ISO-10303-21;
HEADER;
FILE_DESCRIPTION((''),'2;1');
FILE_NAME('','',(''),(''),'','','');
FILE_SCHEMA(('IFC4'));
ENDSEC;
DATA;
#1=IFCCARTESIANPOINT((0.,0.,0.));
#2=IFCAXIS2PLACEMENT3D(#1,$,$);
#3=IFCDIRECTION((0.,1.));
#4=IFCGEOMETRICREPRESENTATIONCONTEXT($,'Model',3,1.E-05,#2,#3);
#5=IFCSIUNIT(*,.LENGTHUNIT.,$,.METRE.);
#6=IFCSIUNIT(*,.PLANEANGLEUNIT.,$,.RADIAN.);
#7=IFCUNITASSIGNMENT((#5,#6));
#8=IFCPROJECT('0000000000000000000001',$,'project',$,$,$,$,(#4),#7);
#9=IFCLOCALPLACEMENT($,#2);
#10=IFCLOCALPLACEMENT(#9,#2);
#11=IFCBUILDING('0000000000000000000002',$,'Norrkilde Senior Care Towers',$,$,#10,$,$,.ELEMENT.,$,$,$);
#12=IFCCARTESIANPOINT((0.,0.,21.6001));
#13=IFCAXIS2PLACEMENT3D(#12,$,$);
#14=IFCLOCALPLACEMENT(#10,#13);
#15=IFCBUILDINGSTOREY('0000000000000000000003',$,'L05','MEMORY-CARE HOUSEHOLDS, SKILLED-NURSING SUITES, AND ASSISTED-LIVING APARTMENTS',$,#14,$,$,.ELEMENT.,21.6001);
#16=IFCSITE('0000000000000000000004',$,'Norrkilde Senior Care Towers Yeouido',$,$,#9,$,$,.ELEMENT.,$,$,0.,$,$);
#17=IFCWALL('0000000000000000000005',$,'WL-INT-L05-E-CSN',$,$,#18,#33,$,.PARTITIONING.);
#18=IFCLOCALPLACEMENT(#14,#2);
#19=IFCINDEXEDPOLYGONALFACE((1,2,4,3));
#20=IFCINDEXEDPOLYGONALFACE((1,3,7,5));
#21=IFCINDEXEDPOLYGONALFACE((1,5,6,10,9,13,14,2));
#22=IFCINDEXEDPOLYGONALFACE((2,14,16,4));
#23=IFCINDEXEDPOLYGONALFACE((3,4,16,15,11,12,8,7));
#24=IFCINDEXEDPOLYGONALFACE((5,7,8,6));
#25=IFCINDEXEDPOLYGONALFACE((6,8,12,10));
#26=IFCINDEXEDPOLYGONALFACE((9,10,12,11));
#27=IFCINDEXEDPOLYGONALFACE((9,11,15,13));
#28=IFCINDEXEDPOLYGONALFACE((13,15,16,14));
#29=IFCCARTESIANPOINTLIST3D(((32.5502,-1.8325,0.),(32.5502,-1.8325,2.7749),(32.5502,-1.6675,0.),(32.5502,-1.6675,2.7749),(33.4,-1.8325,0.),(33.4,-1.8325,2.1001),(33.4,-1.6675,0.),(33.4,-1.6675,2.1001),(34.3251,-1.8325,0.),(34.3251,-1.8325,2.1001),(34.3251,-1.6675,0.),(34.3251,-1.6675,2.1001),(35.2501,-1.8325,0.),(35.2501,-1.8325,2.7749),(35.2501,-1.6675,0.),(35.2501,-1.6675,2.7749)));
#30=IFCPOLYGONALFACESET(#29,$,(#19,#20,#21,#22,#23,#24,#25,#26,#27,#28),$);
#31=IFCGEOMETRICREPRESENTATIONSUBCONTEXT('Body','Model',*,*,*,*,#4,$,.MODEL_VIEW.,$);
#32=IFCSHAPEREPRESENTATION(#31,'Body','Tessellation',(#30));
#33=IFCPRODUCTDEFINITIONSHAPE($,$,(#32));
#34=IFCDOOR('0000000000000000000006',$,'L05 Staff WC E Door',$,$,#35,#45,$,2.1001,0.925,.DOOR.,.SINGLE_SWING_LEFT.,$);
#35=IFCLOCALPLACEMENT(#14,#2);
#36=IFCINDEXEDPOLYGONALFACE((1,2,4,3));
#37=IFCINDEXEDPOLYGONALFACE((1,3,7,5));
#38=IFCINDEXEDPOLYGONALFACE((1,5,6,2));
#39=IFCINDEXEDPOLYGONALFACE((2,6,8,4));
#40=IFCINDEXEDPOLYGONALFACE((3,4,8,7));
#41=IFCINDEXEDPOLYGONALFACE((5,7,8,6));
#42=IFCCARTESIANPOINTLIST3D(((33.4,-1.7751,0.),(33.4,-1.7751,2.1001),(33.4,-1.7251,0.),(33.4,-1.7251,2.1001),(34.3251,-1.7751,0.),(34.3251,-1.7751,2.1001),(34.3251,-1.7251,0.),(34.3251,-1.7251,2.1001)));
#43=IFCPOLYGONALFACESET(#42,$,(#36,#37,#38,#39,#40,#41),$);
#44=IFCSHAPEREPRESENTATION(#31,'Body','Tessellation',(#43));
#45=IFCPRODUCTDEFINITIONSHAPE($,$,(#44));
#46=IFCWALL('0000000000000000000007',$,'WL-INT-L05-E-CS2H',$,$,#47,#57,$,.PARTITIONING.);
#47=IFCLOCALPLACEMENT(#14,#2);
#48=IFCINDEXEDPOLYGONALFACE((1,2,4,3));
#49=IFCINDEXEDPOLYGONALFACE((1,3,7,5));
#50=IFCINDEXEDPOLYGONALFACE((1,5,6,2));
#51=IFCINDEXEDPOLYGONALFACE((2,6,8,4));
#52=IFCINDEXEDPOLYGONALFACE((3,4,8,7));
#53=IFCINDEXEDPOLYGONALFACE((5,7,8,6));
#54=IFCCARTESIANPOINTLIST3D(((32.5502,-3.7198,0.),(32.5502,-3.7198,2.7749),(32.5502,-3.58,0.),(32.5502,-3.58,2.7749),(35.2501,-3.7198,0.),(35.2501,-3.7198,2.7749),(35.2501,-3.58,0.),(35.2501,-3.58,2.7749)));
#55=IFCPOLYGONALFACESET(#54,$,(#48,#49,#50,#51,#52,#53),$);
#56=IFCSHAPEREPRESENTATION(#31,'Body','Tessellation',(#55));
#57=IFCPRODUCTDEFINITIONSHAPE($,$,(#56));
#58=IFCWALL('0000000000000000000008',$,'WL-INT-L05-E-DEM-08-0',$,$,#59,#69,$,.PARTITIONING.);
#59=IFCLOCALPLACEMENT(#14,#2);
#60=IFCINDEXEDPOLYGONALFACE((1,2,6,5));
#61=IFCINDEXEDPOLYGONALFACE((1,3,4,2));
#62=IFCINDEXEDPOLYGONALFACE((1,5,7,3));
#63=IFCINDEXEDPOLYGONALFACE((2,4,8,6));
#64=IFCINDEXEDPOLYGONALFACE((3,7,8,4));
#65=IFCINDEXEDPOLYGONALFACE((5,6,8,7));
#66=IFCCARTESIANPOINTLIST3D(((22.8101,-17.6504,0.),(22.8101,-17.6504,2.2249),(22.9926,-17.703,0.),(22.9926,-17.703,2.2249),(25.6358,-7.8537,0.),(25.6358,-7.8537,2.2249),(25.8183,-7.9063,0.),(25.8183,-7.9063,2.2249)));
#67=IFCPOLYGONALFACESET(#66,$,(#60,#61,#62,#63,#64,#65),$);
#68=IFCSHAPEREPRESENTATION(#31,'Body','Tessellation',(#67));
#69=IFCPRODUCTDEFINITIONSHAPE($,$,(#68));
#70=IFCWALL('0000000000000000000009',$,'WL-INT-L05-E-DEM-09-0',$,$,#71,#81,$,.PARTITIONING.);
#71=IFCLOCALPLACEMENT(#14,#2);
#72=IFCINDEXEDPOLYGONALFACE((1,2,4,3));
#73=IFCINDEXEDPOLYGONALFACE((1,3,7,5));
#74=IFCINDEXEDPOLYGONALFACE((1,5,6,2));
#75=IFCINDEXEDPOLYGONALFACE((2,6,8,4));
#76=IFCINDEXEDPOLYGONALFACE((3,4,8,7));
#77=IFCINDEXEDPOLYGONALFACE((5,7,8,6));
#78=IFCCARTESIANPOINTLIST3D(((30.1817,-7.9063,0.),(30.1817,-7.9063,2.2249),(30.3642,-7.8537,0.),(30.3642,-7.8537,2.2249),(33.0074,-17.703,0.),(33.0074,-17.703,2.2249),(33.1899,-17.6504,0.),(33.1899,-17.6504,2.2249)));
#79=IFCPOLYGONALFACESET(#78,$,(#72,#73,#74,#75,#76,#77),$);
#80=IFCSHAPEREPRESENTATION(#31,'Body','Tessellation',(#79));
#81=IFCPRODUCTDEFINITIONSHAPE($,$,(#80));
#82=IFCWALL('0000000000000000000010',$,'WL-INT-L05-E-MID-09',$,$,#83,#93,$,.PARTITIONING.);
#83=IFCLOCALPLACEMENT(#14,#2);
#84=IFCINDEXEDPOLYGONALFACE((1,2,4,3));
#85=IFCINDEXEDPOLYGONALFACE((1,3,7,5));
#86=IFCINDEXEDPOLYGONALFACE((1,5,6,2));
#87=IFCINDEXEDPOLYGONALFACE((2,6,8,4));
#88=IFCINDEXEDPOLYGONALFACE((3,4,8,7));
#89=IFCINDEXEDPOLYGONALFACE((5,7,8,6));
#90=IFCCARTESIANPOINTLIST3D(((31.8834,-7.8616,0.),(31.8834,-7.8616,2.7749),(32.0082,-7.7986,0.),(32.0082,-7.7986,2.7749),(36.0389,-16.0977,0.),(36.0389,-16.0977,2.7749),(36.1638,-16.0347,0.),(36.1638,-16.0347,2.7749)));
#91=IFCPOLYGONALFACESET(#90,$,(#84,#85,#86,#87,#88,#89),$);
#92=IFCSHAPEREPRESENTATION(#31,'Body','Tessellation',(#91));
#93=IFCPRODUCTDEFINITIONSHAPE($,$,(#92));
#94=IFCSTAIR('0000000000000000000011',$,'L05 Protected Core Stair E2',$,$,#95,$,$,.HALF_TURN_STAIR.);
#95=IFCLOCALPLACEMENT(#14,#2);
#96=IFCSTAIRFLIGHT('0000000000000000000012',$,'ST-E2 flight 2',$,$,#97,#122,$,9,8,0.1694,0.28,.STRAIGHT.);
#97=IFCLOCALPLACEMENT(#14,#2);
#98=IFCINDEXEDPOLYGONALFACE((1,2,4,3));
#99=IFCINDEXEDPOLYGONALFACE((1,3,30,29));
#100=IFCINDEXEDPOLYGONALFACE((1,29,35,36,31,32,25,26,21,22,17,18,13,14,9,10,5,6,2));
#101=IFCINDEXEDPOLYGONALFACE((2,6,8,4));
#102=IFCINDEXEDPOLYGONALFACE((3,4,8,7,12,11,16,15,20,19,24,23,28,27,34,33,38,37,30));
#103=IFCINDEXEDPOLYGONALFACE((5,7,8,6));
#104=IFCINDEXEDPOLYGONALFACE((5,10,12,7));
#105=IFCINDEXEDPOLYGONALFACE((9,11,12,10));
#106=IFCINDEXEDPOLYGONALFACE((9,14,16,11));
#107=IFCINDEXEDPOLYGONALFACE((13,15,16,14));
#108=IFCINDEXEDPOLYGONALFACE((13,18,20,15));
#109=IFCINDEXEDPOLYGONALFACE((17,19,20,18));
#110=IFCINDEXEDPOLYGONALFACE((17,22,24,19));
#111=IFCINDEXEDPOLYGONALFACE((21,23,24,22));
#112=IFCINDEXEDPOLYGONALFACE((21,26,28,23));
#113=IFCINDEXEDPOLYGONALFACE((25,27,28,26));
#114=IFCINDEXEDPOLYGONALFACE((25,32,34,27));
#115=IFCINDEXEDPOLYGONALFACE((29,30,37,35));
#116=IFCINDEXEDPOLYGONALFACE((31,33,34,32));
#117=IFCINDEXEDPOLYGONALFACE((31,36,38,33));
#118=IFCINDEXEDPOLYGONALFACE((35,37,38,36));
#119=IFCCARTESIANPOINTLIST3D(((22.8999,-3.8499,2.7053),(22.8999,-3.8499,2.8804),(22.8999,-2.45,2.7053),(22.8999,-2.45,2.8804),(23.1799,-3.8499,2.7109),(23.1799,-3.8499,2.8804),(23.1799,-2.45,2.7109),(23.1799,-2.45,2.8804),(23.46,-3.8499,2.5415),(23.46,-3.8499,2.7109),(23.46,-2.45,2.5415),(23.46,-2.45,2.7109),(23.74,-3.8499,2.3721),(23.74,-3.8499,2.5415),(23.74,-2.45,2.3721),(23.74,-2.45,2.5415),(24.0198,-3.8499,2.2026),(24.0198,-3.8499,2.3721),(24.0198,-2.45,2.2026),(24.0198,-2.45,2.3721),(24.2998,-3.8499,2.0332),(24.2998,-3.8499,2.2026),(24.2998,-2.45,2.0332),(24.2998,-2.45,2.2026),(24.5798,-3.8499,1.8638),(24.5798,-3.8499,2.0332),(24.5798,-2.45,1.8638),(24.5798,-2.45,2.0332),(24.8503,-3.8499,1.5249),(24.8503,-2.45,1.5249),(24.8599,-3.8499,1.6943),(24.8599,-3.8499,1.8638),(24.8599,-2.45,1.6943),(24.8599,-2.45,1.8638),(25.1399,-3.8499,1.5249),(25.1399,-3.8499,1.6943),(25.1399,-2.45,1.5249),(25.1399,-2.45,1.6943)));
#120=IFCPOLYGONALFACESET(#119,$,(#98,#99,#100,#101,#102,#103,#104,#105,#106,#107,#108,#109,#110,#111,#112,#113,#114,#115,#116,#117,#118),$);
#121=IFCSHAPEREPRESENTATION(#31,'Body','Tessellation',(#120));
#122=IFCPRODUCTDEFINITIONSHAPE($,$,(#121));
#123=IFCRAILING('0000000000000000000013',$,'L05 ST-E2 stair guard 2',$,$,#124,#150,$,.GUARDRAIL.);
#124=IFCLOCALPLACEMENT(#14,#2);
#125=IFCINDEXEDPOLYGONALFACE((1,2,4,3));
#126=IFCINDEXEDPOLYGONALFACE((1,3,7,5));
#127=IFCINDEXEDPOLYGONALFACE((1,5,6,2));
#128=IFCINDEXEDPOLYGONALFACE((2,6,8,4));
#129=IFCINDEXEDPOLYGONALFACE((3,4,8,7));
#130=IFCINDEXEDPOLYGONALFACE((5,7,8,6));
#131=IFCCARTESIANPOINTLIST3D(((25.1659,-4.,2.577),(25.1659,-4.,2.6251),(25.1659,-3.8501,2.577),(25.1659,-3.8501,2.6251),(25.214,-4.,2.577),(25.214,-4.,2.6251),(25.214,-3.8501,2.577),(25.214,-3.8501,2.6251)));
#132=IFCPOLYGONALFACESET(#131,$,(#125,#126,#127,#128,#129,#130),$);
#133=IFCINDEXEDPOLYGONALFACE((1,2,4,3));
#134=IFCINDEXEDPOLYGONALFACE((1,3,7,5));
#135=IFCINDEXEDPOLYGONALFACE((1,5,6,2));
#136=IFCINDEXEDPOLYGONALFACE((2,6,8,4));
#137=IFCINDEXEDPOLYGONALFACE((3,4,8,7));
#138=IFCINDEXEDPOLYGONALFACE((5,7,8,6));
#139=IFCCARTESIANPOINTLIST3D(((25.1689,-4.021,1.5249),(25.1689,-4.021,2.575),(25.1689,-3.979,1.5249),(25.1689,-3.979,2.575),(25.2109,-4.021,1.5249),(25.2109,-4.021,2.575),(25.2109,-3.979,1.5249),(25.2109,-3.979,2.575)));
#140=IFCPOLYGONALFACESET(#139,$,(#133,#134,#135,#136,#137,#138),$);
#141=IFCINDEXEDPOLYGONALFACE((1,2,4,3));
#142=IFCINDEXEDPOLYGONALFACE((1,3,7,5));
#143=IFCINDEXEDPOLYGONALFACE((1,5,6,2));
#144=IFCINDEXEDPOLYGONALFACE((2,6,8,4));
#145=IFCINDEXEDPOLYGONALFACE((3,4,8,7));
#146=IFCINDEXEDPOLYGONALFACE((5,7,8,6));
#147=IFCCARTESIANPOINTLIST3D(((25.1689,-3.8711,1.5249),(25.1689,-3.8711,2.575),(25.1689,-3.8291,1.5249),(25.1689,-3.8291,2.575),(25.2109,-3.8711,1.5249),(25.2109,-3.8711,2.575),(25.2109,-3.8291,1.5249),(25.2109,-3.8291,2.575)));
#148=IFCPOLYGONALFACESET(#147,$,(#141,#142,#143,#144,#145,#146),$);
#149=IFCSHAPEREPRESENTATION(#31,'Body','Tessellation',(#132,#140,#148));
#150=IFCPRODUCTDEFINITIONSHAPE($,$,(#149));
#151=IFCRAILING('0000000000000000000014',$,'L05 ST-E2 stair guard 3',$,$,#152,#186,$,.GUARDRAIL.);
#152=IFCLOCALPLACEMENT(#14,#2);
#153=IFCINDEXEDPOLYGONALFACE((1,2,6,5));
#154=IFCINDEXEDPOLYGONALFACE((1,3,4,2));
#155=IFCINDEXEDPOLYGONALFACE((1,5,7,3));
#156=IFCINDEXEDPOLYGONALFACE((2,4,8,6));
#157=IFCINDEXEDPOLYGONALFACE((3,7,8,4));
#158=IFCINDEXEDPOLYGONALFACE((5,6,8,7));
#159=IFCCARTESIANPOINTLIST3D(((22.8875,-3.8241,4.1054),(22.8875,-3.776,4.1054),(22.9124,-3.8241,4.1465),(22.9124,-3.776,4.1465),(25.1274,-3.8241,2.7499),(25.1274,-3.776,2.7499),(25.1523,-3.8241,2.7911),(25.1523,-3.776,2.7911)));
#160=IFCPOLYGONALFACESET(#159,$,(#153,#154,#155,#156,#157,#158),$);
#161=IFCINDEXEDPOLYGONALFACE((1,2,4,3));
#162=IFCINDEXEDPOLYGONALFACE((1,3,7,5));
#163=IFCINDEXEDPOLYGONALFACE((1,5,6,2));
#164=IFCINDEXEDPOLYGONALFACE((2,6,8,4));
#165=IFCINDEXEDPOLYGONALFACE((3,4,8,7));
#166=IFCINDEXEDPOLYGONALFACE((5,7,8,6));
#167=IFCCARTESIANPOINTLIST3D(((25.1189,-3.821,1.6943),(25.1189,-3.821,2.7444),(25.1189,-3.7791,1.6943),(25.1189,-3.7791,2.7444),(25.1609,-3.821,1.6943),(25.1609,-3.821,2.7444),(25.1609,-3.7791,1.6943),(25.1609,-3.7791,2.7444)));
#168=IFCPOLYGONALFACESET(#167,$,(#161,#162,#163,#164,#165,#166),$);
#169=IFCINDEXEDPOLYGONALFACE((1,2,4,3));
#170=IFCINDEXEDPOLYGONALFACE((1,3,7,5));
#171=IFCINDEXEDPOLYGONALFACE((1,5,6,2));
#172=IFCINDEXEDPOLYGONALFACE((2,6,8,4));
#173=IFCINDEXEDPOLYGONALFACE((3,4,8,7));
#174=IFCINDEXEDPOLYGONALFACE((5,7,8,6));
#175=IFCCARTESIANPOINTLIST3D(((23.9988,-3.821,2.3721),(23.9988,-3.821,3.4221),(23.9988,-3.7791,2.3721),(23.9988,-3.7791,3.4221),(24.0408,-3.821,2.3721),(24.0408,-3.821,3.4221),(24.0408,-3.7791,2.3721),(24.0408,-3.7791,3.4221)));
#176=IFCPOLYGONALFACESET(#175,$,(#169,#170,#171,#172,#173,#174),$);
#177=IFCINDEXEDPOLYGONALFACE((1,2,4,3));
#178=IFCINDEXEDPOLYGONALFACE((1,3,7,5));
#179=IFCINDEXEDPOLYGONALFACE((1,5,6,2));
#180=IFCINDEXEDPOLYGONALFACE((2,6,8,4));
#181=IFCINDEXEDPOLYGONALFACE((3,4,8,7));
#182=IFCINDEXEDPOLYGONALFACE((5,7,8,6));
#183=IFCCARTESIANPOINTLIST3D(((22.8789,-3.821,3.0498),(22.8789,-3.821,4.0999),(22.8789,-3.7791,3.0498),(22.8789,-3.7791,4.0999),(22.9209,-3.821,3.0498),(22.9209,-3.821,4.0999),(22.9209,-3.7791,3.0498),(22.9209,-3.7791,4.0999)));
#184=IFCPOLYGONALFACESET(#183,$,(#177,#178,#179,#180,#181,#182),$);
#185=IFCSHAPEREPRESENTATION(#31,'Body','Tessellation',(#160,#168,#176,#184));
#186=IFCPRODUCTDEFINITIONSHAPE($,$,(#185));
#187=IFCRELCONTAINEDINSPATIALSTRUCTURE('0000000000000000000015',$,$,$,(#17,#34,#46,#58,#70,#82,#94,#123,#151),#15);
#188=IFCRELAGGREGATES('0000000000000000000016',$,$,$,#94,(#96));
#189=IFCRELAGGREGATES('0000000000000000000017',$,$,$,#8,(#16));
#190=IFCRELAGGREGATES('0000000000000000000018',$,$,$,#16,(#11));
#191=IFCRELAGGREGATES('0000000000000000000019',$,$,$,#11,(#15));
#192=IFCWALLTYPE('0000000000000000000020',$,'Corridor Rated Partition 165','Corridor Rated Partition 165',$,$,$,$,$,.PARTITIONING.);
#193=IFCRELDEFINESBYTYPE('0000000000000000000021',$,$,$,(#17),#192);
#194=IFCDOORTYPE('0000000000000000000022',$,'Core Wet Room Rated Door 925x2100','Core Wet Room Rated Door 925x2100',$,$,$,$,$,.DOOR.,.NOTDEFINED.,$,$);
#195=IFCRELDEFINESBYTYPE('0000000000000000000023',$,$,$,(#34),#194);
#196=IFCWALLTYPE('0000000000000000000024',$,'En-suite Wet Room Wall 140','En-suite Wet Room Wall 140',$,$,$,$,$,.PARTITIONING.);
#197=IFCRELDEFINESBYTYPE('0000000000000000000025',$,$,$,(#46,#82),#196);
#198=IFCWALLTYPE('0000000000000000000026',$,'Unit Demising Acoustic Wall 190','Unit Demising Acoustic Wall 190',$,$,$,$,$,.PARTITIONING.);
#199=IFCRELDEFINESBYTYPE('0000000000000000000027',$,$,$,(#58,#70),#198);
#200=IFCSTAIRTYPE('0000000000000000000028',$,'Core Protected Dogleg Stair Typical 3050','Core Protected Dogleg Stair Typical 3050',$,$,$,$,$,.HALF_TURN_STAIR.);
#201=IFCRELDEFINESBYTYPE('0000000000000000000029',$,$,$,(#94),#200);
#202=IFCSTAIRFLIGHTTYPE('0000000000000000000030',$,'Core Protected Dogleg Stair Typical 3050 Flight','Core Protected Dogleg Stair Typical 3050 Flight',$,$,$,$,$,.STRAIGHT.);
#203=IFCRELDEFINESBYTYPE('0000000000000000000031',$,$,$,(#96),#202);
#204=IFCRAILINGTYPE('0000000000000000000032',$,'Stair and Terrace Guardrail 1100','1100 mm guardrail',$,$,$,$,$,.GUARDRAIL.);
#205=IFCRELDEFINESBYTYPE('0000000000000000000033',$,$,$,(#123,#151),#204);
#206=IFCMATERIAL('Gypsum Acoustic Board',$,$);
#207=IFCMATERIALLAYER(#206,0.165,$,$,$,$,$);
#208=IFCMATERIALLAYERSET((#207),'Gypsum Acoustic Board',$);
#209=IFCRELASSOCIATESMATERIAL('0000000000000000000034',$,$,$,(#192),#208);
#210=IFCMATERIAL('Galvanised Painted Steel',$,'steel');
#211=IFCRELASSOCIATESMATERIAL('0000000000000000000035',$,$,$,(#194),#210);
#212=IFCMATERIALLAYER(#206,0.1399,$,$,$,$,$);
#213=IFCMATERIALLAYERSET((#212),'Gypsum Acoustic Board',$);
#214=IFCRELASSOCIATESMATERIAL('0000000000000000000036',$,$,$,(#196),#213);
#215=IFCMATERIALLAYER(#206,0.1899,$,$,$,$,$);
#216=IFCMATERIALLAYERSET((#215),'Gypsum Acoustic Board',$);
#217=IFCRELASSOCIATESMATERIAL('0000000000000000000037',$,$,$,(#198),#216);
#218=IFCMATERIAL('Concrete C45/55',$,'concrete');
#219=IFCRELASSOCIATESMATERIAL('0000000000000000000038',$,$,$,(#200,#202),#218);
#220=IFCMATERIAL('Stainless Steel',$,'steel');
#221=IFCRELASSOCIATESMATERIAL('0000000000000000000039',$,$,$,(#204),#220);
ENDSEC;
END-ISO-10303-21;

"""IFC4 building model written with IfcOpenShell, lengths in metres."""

from ifc_helpers import new_model, si_unit, direction, frame, frame_2d, origin, origin_2d, place, context, subcontext, project, spatial, polyline, rectangle, outline, extrude, source, transform, mapped, material, layer, layer_set, type_object, type_shapes, element, fill, aggregate, save


model = new_model("IFC4")

# Units and contexts
model_context = context("Model", 3, precision=1e-05, world=origin(), true_north=direction((0.0, 1.0)))
body_context = subcontext(model_context, "Body", "Model", "MODEL_VIEW")
ifc_project = project(units=[si_unit("LENGTHUNIT", "METRE"), si_unit("PLANEANGLEUNIT", "RADIAN")], contexts=[model_context])

# Site, building, storey
site_placement = place(None, origin())
site = spatial("IfcSite", under=ifc_project, at=site_placement, Name="Norrkilde Senior Care Towers Yeouido", CompositionType="ELEMENT", RefElevation=0.0)
building_placement = place(site_placement, origin())
building = spatial("IfcBuilding", under=site, at=building_placement, Name="Norrkilde Senior Care Towers", CompositionType="ELEMENT")
storey_placement = place(building_placement, frame((0.0, 0.0, 21.6001)))
storey = spatial("IfcBuildingStorey", under=building, at=storey_placement, Name="L05", Description="MEMORY-CARE HOUSEHOLDS, SKILLED-NURSING SUITES, AND ASSISTED-LIVING APARTMENTS", CompositionType="ELEMENT", Elevation=21.6001)

# Shared definitions
ifc_material_1 = material(Name="Concrete C45/55", Category="concrete")

# Wall, opening, door
ifc_material_2 = material(Name="Gypsum Acoustic Board")
ifc_layer_1 = layer(ifc_material_2, 0.165)
ifc_layer_set_1 = layer_set([ifc_layer_1], Name="Gypsum Acoustic Board")
wall_type_1 = type_object("IfcWallType", Name="Corridor Rated Partition 165", Description="Corridor Rated Partition 165", PredefinedType="PARTITIONING", material=ifc_layer_set_1)
shared_shape_1 = source(origin(), body_context, "Body", "SweptSolid", [
    extrude(rectangle(XDim=2.7, YDim=0.165, at=frame_2d((1.3501, 0.0))), origin(), (0.0, 0.0, 1.0), 2.7749),
])
type_shapes(wall_type_1, [shared_shape_1])
wall_1_placement = place(storey_placement, frame((32.55, -1.75, 0.0), z_axis=(0.0, 0.0, 1.0), x_axis=(1.0, 0.0, 0.0)))
wall_1 = element("IfcWall", 1, at=wall_1_placement, inside=storey, type_object=wall_type_1, Name="WL-INT-L05-E-CSN", PredefinedType="PARTITIONING", context=body_context, shape_type="MappedRepresentation", body=[
    mapped(shared_shape_1, transform((0.0, 0.0, 0.0), x_axis=(1.0, 0.0, 0.0), y_axis=(0.0, 1.0, 0.0), z_axis=(0.0, 0.0, 1.0), scale=1.0)),
])
opening_placement = place(wall_1_placement, frame((0.8501, 0.0, 0.0)))
opening = element("IfcOpeningElement", 2, at=opening_placement, cuts=wall_1, PredefinedType="OPENING", context=body_context, shape_type="SweptSolid", body=[
    extrude(rectangle(XDim=0.925, YDim=2.1001, at=frame_2d((0.4624, 1.05))), frame((0.0, 0.0925, 0.0), z_axis=(0.0, -1.0, 0.0), x_axis=(1.0, 0.0, 0.0)), (0.0, 0.0, 1.0), 0.1851),
])
ifc_material_3 = material(Name="Galvanised Painted Steel", Category="steel")
door_type = type_object("IfcDoorType", Name="Core Wet Room Rated Door 925x2100", Description="Core Wet Room Rated Door 925x2100", OperationType="NOTDEFINED", PredefinedType="DOOR", material=ifc_material_3)
shared_shape_2 = source(origin(), body_context, "Body", "SweptSolid", [
    extrude(rectangle(XDim=0.925, YDim=2.1001, at=frame_2d((0.4624, 1.05))), frame((0.0, 0.0249, 0.0), z_axis=(0.0, -1.0, 0.0), x_axis=(1.0, 0.0, 0.0)), (0.0, 0.0, 1.0), 0.05),
])
type_shapes(door_type, [shared_shape_2])
door_placement = place(opening_placement, origin())
door = element("IfcDoor", 3, at=door_placement, inside=storey, type_object=door_type, Name="L05 Staff WC E Door", OperationType="SINGLE_SWING_LEFT", OverallHeight=2.1001, OverallWidth=0.925, PredefinedType="DOOR", context=body_context, shape_type="MappedRepresentation", body=[
    mapped(shared_shape_2, transform((0.0, 0.0, 0.0), x_axis=(1.0, 0.0, 0.0), y_axis=(0.0, 1.0, 0.0), z_axis=(0.0, 0.0, 1.0), scale=1.0)),
])
fill(opening, door)

# Walls
ifc_layer_2 = layer(ifc_material_2, 0.1399)
ifc_layer_set_2 = layer_set([ifc_layer_2], Name="Gypsum Acoustic Board")
wall_type_2 = type_object("IfcWallType", Name="En-suite Wet Room Wall 140", Description="En-suite Wet Room Wall 140", PredefinedType="PARTITIONING", material=ifc_layer_set_2)
shared_shape_3 = source(origin(), body_context, "Body", "SweptSolid", [
    extrude(rectangle(XDim=2.7, YDim=0.1399, at=frame_2d((1.3501, 0.0))), origin(), (0.0, 0.0, 1.0), 2.7749),
])
wall_2_placement = place(storey_placement, frame((32.55, -3.6499, 0.0), z_axis=(0.0, 0.0, 1.0), x_axis=(1.0, 0.0, 0.0)))
element("IfcWall", 4, at=wall_2_placement, inside=storey, type_object=wall_type_2, Name="WL-INT-L05-E-CS2H", PredefinedType="PARTITIONING", context=body_context, shape_type="MappedRepresentation", body=[
    mapped(shared_shape_3, transform((0.0, 0.0, 0.0), x_axis=(1.0, 0.0, 0.0), y_axis=(0.0, 1.0, 0.0), z_axis=(0.0, 0.0, 1.0), scale=1.0)),
])
ifc_layer_3 = layer(ifc_material_2, 0.1899)
ifc_layer_set_3 = layer_set([ifc_layer_3], Name="Gypsum Acoustic Board")
wall_type_3 = type_object("IfcWallType", Name="Unit Demising Acoustic Wall 190", Description="Unit Demising Acoustic Wall 190", PredefinedType="PARTITIONING", material=ifc_layer_set_3)
shared_shape_4 = source(origin(), body_context, "Body", "SweptSolid", [
    extrude(rectangle(XDim=10.196, YDim=0.1899, at=frame_2d((5.0981, 0.0))), origin(), (0.0, 0.0, 1.0), 2.2249),
])
type_shapes(wall_type_3, [shared_shape_4])
for number, where, z_axis, x_axis, name in (
    (5, (25.7271, -7.8799, 0.0), (0.0, 0.0, 1.0), (-0.277136, -0.960831, 0.0), "WL-INT-L05-E-DEM-08-0"),
    (6, (30.2729, -7.8799, 0.0), (0.0, 0.0, 1.0), (0.277136, -0.960831, 0.0), "WL-INT-L05-E-DEM-09-0"),
):
    element("IfcWall", number, at=place(storey_placement, frame(where, z_axis=z_axis, x_axis=x_axis)), inside=storey, type_object=wall_type_3, Name=name, PredefinedType="PARTITIONING", context=body_context, shape_type="MappedRepresentation", body=[
        mapped(shared_shape_4, transform((0.0, 0.0, 0.0), x_axis=(1.0, 0.0, 0.0), y_axis=(0.0, 1.0, 0.0), z_axis=(0.0, 0.0, 1.0), scale=1.0)),
    ])
shared_shape_5 = source(origin(), body_context, "Body", "SweptSolid", [
    extrude(rectangle(XDim=9.2251, YDim=0.1399, at=frame_2d((4.6125, 0.0))), origin(), (0.0, 0.0, 1.0), 2.7749),
])
type_shapes(wall_type_2, [shared_shape_3, shared_shape_5])
wall_3_placement = place(storey_placement, frame((31.9458, -7.8301, 0.0), z_axis=(0.0, 0.0, 1.0), x_axis=(0.450461, -0.892796, 0.0)))
element("IfcWall", 7, at=wall_3_placement, inside=storey, type_object=wall_type_2, Name="WL-INT-L05-E-MID-09", PredefinedType="PARTITIONING", context=body_context, shape_type="MappedRepresentation", body=[
    mapped(shared_shape_5, transform((0.0, 0.0, 0.0), x_axis=(1.0, 0.0, 0.0), y_axis=(0.0, 1.0, 0.0), z_axis=(0.0, 0.0, 1.0), scale=1.0)),
])

# Stair, stair flight
stair_type = type_object("IfcStairType", Name="Core Protected Dogleg Stair Typical 3050", Description="Core Protected Dogleg Stair Typical 3050", PredefinedType="HALF_TURN_STAIR", material=ifc_material_1)
stair_placement = place(storey_placement, origin())
stair = element("IfcStair", 8, at=stair_placement, inside=storey, type_object=stair_type, Name="L05 Protected Core Stair E2", PredefinedType="HALF_TURN_STAIR")
stair_flight_type = type_object("IfcStairFlightType", Name="Core Protected Dogleg Stair Typical 3050 Flight", Description="Core Protected Dogleg Stair Typical 3050 Flight", PredefinedType="STRAIGHT", material=ifc_material_1)
stair_flight_placement = place(storey_placement, frame((25.1399, -3.1499, 1.5249), z_axis=(0.0, 0.0, 1.0), x_axis=(-1.0, 0.0, 0.0)))
stair_flight = element("IfcStairFlight", 9, at=stair_flight_placement, type_object=stair_flight_type, Name="ST-E2 flight 2", NumberOfRisers=9, NumberOfTreads=8, PredefinedType="STRAIGHT", RiserHeight=0.1694, TreadLength=0.28, context=body_context, shape_type="SweptSolid", body=[
    extrude(outline(polyline([(0.0, 0.0), (0.0, 0.1694), (0.28, 0.1694), (0.28, 0.3389), (0.5601, 0.3389), (0.5601, 0.5083), (0.8401, 0.5083), (0.8401, 0.6777), (1.1201, 0.6777), (1.1201, 0.8472), (1.3999, 0.8472), (1.3999, 1.0166), (1.6799, 1.0166), (1.6799, 1.186), (1.96, 1.186), (1.96, 1.3555), (2.24, 1.3555), (2.24, 1.5249), (2.24, 1.1804), (0.2896, 0.0), (0.0, 0.0)])), frame((0.0, 0.7, 0.0), z_axis=(0.0, -1.0, 0.0), x_axis=(1.0, 0.0, 0.0)), (0.0, 0.0, 1.0), 1.3999),
])
aggregate(stair, [stair_flight])

# Railings
ifc_material_4 = material(Name="Stainless Steel", Category="steel")
railing_type_1 = type_object("IfcRailingType", Name="Stair and Terrace Guardrail 1100", Description="1100 mm guardrail", PredefinedType="GUARDRAIL", material=ifc_material_4)
railing_1_placement = place(storey_placement, frame((25.1899, -4.0, 1.5249)))
element("IfcRailing", 10, at=railing_1_placement, inside=storey, type_object=railing_type_1, Name="L05 ST-E2 stair guard 2", PredefinedType="GUARDRAIL", context=body_context, shape_type="SweptSolid", body=[
    extrude(rectangle(XDim=0.0481, YDim=0.0481, at=origin_2d()), frame((0.0, 0.0, 1.0762), z_axis=(0.0, 1.0, 0.0), x_axis=(-1.0, 0.0, 0.0)), (0.0, 0.0, 1.0), 0.1499),
    extrude(rectangle(XDim=0.042, YDim=0.042, at=origin_2d()), origin(), (0.0, 0.0, 1.0), 1.05),
    extrude(rectangle(XDim=0.042, YDim=0.042, at=origin_2d()), frame((0.0, 0.1499, 0.0)), (0.0, 0.0, 1.0), 1.05),
])
railing_2_placement = place(storey_placement, frame((25.1399, -3.8, 1.6943)))
element("IfcRailing", 11, at=railing_2_placement, inside=storey, type_object=railing_type_1, Name="L05 ST-E2 stair guard 3", PredefinedType="GUARDRAIL", context=body_context, shape_type="SweptSolid", body=[
    extrude(rectangle(XDim=0.0481, YDim=0.0481, at=origin_2d()), frame((0.0, 0.0, 1.0762), z_axis=(-0.855553, 0.0, 0.517715), x_axis=(0.0, -1.0, 0.0)), (0.0, 0.0, 1.0), 2.6182),
    extrude(rectangle(XDim=0.042, YDim=0.042, at=origin_2d()), origin(), (0.0, 0.0, 1.0), 1.05),
    extrude(rectangle(XDim=0.042, YDim=0.042, at=origin_2d()), frame((-1.1201, 0.0, 0.6777)), (0.0, 0.0, 1.0), 1.05),
    extrude(rectangle(XDim=0.042, YDim=0.042, at=origin_2d()), frame((-2.24, 0.0, 1.3555)), (0.0, 0.0, 1.0), 1.05),
])

save(model, "model.ifc")
